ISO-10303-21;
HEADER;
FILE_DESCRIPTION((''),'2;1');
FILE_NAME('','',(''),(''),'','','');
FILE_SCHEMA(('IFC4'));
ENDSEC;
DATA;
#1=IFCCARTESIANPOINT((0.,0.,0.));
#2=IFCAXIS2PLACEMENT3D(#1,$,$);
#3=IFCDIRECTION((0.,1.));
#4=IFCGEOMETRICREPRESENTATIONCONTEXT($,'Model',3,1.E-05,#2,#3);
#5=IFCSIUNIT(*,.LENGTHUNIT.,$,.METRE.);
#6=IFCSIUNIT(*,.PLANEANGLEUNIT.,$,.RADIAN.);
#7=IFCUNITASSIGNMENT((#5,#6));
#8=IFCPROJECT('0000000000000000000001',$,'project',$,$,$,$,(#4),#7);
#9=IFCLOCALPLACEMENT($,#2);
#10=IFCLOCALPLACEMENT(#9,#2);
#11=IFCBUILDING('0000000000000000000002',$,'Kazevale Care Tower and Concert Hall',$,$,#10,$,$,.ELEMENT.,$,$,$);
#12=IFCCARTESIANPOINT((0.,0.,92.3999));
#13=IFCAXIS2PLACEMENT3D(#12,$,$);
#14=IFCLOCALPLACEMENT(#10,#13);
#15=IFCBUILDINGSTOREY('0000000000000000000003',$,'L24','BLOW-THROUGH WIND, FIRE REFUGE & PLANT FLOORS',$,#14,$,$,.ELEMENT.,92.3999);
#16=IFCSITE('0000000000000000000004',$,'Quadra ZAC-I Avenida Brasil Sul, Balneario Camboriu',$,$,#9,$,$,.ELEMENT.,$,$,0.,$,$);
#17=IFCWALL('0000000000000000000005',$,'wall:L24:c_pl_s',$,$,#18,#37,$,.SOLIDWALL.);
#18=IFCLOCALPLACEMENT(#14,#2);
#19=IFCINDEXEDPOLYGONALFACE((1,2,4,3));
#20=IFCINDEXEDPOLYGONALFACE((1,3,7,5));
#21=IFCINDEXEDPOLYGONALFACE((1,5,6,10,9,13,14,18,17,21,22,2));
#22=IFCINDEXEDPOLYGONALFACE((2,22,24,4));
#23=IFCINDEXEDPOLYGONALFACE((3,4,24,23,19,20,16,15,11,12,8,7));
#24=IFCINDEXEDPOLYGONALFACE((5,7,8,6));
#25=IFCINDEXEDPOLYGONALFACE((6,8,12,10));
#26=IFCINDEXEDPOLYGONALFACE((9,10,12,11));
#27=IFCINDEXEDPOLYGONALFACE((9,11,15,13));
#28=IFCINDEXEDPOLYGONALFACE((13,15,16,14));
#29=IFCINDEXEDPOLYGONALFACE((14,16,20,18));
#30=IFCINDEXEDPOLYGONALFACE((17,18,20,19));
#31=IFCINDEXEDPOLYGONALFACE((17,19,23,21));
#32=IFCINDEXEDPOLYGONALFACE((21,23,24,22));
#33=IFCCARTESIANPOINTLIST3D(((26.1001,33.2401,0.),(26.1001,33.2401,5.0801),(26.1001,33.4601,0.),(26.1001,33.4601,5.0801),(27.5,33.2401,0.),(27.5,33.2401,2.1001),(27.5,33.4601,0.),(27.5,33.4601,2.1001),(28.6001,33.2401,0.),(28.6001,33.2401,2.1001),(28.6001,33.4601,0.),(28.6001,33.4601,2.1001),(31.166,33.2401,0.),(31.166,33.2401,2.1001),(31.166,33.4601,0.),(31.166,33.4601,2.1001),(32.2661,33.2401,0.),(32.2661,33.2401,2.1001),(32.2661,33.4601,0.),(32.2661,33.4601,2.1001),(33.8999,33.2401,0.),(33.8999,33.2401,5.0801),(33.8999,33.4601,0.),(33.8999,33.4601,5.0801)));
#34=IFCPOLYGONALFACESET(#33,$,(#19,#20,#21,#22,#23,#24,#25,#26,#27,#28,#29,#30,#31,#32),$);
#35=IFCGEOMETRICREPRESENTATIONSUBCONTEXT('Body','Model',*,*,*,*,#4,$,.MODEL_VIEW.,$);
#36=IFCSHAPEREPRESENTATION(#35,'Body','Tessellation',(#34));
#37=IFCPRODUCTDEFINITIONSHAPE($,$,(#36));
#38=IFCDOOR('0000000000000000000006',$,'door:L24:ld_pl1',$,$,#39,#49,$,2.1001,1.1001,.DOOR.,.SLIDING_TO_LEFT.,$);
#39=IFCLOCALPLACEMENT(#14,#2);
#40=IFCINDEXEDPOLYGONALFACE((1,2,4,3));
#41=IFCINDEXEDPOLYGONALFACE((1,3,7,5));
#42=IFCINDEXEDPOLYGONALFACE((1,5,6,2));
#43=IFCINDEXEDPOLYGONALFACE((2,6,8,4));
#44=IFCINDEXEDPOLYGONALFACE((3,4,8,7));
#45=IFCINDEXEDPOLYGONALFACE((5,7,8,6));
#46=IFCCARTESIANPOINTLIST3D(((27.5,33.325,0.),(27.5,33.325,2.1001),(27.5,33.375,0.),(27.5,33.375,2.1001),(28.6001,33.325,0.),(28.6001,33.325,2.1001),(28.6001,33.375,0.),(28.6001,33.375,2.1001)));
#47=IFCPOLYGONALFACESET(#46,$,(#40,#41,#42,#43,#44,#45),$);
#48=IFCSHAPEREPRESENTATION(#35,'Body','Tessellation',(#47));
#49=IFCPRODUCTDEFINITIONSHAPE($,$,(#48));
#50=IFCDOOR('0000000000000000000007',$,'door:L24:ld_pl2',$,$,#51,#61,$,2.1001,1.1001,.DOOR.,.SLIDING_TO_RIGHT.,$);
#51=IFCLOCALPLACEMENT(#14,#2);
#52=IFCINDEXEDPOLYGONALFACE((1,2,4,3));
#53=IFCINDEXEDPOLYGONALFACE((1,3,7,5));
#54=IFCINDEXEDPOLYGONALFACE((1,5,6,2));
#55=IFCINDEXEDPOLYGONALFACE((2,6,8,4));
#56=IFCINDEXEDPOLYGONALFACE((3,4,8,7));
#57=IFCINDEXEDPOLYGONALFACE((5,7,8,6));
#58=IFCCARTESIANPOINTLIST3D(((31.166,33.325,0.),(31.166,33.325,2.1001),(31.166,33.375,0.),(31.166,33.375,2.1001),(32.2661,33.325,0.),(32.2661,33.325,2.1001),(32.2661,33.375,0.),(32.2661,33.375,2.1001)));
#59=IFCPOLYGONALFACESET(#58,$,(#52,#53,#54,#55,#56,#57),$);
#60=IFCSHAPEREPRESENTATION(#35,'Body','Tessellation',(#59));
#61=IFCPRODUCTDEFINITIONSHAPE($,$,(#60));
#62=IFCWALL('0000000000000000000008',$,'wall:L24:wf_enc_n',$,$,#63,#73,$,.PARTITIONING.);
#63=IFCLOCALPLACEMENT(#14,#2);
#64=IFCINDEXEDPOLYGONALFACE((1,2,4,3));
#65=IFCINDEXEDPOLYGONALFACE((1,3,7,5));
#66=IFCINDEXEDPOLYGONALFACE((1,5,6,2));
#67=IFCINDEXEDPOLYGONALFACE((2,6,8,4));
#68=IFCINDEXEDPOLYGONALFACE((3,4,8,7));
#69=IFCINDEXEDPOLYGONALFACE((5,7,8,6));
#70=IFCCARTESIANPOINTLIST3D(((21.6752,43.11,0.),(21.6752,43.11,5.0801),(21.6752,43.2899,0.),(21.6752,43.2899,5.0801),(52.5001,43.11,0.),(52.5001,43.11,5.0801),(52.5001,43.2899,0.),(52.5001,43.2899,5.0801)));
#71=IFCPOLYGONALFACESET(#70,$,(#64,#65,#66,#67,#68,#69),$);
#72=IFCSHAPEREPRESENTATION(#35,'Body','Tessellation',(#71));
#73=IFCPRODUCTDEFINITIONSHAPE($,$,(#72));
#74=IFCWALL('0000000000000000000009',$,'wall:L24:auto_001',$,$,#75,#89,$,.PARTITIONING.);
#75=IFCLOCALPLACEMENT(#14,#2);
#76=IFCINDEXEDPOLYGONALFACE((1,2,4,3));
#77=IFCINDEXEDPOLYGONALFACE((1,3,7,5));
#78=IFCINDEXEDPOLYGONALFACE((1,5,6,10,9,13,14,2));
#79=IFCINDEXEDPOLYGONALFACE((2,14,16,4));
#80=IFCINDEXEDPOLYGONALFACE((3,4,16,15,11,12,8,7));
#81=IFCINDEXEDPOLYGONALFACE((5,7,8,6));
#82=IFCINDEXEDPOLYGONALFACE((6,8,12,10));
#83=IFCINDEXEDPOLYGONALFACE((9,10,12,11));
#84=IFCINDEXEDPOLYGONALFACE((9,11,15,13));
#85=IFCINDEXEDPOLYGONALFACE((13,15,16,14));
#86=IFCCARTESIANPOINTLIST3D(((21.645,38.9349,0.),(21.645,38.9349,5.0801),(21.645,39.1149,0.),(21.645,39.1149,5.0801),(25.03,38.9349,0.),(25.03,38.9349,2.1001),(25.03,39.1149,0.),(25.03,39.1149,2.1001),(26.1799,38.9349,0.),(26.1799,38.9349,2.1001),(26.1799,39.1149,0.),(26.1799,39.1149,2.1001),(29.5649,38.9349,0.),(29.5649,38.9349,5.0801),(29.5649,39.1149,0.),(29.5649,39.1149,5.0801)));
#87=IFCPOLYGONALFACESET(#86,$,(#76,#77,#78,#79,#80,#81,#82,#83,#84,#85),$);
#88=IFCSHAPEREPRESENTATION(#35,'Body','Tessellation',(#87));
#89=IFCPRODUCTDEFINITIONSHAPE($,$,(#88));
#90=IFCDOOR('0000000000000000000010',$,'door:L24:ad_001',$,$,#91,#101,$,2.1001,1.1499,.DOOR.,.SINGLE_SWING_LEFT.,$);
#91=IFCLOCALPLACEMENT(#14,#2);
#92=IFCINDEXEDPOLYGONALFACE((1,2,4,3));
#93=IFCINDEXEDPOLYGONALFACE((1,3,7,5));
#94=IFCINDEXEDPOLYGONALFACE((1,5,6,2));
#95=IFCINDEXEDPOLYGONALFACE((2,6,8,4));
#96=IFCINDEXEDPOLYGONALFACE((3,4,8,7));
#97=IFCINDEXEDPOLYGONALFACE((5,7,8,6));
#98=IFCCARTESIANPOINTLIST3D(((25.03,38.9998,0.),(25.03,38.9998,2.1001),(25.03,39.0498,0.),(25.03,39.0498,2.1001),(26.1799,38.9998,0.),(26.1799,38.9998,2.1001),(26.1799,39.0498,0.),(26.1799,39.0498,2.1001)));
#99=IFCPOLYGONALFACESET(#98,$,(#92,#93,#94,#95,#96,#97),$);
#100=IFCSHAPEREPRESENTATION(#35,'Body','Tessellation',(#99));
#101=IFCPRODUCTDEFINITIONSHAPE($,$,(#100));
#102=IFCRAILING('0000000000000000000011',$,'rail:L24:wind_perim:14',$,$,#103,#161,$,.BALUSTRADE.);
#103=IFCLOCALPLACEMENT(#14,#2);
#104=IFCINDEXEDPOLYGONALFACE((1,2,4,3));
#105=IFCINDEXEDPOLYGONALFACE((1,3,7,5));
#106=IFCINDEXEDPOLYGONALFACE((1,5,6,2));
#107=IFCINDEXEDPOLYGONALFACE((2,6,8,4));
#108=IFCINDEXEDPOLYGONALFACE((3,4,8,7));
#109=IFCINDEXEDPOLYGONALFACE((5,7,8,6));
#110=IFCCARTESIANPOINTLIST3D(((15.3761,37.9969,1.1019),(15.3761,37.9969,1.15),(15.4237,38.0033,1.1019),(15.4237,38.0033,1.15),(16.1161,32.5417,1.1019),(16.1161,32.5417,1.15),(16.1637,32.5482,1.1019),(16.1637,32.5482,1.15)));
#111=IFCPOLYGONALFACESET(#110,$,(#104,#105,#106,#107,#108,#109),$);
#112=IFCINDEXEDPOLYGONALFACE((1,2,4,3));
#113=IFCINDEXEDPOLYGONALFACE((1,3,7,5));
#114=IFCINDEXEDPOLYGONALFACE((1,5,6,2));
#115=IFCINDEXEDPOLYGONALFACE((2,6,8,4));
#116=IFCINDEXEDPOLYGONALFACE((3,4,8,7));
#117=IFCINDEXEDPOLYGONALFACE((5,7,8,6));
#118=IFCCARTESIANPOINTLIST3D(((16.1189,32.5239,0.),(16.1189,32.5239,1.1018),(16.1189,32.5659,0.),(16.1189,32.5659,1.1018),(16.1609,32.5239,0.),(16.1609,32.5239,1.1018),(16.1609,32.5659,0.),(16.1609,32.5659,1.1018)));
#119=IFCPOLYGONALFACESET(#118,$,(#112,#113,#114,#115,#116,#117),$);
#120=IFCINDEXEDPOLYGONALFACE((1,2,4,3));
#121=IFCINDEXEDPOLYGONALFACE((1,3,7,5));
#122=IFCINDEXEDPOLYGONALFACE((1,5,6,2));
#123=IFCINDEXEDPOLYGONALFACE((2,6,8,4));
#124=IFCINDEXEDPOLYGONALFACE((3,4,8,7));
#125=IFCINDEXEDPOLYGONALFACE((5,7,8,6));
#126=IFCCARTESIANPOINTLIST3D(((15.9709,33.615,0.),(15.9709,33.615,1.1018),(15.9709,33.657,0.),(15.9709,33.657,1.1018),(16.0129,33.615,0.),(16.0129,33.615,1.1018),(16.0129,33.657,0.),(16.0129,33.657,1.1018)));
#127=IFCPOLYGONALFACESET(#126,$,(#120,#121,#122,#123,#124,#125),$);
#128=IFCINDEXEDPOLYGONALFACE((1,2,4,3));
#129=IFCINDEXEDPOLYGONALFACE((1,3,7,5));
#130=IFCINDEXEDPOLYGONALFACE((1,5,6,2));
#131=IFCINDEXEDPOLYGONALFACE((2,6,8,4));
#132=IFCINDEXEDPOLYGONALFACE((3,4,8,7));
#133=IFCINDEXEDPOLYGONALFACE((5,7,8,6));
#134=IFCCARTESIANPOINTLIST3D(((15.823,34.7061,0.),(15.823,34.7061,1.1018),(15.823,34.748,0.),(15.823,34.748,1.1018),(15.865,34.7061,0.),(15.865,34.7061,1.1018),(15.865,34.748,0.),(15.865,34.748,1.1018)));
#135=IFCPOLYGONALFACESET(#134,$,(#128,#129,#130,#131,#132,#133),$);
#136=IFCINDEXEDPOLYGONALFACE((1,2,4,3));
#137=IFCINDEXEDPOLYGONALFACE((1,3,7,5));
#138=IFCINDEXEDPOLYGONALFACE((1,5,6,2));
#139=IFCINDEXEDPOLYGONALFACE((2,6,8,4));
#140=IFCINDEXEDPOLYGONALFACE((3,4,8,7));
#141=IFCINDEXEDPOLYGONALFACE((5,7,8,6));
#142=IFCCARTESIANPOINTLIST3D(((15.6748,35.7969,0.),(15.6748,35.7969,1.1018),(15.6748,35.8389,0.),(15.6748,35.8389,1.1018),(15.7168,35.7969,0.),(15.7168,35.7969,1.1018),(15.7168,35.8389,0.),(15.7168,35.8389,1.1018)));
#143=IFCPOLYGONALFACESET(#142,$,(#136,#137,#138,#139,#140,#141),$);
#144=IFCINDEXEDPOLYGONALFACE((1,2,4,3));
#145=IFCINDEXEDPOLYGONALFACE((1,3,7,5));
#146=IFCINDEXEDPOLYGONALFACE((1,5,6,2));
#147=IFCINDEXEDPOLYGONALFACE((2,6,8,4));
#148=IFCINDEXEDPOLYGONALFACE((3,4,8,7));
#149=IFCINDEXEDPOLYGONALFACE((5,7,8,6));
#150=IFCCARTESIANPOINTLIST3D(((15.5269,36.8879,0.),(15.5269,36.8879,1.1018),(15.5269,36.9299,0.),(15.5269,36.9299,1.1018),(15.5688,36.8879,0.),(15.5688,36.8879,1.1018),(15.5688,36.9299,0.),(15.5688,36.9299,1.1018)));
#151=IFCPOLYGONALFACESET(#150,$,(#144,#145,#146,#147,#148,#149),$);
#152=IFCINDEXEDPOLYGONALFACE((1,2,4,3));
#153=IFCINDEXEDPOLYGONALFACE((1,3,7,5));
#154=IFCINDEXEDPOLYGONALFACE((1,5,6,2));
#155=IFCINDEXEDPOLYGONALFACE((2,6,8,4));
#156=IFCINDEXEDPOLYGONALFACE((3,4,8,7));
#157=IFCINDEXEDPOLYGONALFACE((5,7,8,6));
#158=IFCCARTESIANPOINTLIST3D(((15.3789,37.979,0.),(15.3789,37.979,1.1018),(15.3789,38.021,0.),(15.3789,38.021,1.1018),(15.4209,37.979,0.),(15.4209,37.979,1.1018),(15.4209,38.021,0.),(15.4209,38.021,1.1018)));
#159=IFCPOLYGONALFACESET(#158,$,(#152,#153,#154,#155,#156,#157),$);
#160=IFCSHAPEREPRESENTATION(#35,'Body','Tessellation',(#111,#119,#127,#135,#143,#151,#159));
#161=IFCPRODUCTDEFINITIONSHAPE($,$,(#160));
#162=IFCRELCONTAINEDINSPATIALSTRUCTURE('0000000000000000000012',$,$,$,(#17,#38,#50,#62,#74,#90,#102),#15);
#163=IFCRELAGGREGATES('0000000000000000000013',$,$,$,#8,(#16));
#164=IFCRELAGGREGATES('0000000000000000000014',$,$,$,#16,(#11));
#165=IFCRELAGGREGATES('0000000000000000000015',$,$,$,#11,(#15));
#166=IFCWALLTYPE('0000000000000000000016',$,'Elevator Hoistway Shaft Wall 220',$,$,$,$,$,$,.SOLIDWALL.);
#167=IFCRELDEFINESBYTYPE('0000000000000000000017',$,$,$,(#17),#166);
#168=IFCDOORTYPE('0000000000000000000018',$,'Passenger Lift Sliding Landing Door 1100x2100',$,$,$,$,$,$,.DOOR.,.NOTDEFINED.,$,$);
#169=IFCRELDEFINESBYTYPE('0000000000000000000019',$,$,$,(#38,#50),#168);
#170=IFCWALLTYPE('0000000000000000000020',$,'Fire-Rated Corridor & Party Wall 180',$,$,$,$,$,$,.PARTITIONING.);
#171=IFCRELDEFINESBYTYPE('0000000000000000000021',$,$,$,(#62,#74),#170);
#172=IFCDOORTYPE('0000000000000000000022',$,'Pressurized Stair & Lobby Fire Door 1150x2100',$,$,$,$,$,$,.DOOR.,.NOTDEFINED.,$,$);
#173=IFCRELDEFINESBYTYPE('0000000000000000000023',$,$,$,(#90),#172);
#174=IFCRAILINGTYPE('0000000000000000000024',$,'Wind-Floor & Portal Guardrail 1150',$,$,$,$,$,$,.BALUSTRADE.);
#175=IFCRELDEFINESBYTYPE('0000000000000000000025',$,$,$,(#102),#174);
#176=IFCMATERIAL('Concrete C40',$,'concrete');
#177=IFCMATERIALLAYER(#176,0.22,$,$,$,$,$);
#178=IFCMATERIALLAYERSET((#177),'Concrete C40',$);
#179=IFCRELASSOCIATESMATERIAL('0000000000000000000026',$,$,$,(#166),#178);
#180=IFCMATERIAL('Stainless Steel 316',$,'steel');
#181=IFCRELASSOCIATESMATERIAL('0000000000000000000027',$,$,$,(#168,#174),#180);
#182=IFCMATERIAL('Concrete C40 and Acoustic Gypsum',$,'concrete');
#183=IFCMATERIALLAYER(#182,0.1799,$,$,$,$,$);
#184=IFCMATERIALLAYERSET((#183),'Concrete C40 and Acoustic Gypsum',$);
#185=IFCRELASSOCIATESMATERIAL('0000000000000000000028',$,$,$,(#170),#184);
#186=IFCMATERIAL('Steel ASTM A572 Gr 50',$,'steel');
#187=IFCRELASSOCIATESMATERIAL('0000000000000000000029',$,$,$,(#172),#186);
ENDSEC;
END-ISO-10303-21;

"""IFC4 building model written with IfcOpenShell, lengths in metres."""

from ifc_helpers import new_model, si_unit, direction, frame, frame_2d, origin, origin_2d, place, context, subcontext, project, spatial, rectangle, extrude, material, layer, layer_set, type_object, element, fill, save


model = new_model("IFC4")

# Units and contexts
model_context = context("Model", 3, precision=1e-05, world=origin(), true_north=direction((0.0, 1.0)))
body_context = subcontext(model_context, "Body", "Model", "MODEL_VIEW")
ifc_project = project(units=[si_unit("LENGTHUNIT", "METRE"), si_unit("PLANEANGLEUNIT", "RADIAN")], contexts=[model_context])

# Site, building, storey
site_placement = place(None, origin())
site = spatial("IfcSite", under=ifc_project, at=site_placement, Name="Quadra ZAC-I Avenida Brasil Sul, Balneario Camboriu", CompositionType="ELEMENT", RefElevation=0.0)
building_placement = place(site_placement, origin())
building = spatial("IfcBuilding", under=site, at=building_placement, Name="Kazevale Care Tower and Concert Hall", CompositionType="ELEMENT")
storey_placement = place(building_placement, frame((0.0, 0.0, 92.3999)))
storey = spatial("IfcBuildingStorey", under=building, at=storey_placement, Name="L24", Description="BLOW-THROUGH WIND, FIRE REFUGE & PLANT FLOORS", CompositionType="ELEMENT", Elevation=92.3999)

# Shared definitions
ifc_material_1 = material(Name="Steel ASTM A572 Gr 50", Category="steel")

# Shared definitions
ifc_material_2 = material(Name="Concrete C40", Category="concrete")
ifc_layer_1 = layer(ifc_material_2, 0.22)
ifc_layer_set_1 = layer_set([ifc_layer_1], Name="Concrete C40")
wall_type_1 = type_object("IfcWallType", Name="Elevator Hoistway Shaft Wall 220", PredefinedType="SOLIDWALL", material=ifc_layer_set_1)

# Shared definitions
ifc_material_3 = material(Name="Stainless Steel 316", Category="steel")

# Wall, openings, doors
wall_1_placement = place(storey_placement, frame((26.1001, 33.3501, 0.0), z_axis=(0.0, 0.0, 1.0), x_axis=(1.0, 0.0, 0.0)))
wall_1 = element("IfcWall", 1, at=wall_1_placement, inside=storey, type_object=wall_type_1, Name="wall:L24:c_pl_s", PredefinedType="SOLIDWALL", context=body_context, shape_type="SweptSolid", body=[
    extrude(rectangle(XDim=7.7998, YDim=0.22, at=frame_2d((3.8999, 0.0))), origin(), (0.0, 0.0, 1.0), 5.0801),
])
opening_1_placement = place(wall_1_placement, frame((1.3999, 0.0, 0.0)))
opening_1 = element("IfcOpeningElement", 2, at=opening_1_placement, cuts=wall_1, PredefinedType="OPENING", context=body_context, shape_type="SweptSolid", body=[
    extrude(rectangle(XDim=1.1001, YDim=2.1001, at=frame_2d((0.55, 1.05))), frame((0.0, 0.1199, 0.0), z_axis=(0.0, -1.0, 0.0), x_axis=(1.0, 0.0, 0.0)), (0.0, 0.0, 1.0), 0.24),
])
opening_2_placement = place(wall_1_placement, frame((5.0659, 0.0, 0.0)))
opening_2 = element("IfcOpeningElement", 3, at=opening_2_placement, cuts=wall_1, PredefinedType="OPENING", context=body_context, shape_type="SweptSolid", body=[
    extrude(rectangle(XDim=1.1001, YDim=2.1001, at=frame_2d((0.55, 1.05))), frame((0.0, 0.1199, 0.0), z_axis=(0.0, -1.0, 0.0), x_axis=(1.0, 0.0, 0.0)), (0.0, 0.0, 1.0), 0.24),
])
door_type_1 = type_object("IfcDoorType", Name="Passenger Lift Sliding Landing Door 1100x2100", OperationType="NOTDEFINED", PredefinedType="DOOR", material=ifc_material_3)
door_1_placement = place(opening_1_placement, origin())
door_1 = element("IfcDoor", 4, at=door_1_placement, inside=storey, type_object=door_type_1, Name="door:L24:ld_pl1", OperationType="SLIDING_TO_LEFT", OverallHeight=2.1001, OverallWidth=1.1001, PredefinedType="DOOR", context=body_context, shape_type="SweptSolid", body=[
    extrude(rectangle(XDim=1.1001, YDim=2.1001, at=frame_2d((0.55, 1.05))), frame((0.0, 0.0249, 0.0), z_axis=(0.0, -1.0, 0.0), x_axis=(1.0, 0.0, 0.0)), (0.0, 0.0, 1.0), 0.05),
])
fill(opening_1, door_1)
door_2_placement = place(opening_2_placement, origin())
door_2 = element("IfcDoor", 5, at=door_2_placement, inside=storey, type_object=door_type_1, Name="door:L24:ld_pl2", OperationType="SLIDING_TO_RIGHT", OverallHeight=2.1001, OverallWidth=1.1001, PredefinedType="DOOR", context=body_context, shape_type="SweptSolid", body=[
    extrude(rectangle(XDim=1.1001, YDim=2.1001, at=frame_2d((0.55, 1.05))), frame((0.0, 0.0249, 0.0), z_axis=(0.0, -1.0, 0.0), x_axis=(1.0, 0.0, 0.0)), (0.0, 0.0, 1.0), 0.05),
])
fill(opening_2, door_2)

# Wall
ifc_material_4 = material(Name="Concrete C40 and Acoustic Gypsum", Category="concrete")
ifc_layer_2 = layer(ifc_material_4, 0.1799)
ifc_layer_set_2 = layer_set([ifc_layer_2], Name="Concrete C40 and Acoustic Gypsum")
wall_type_2 = type_object("IfcWallType", Name="Fire-Rated Corridor & Party Wall 180", PredefinedType="PARTITIONING", material=ifc_layer_set_2)
wall_2_placement = place(storey_placement, frame((21.675, 43.2, 0.0), z_axis=(0.0, 0.0, 1.0), x_axis=(1.0, 0.0, 0.0)))
element("IfcWall", 6, at=wall_2_placement, inside=storey, type_object=wall_type_2, Name="wall:L24:wf_enc_n", PredefinedType="PARTITIONING", context=body_context, shape_type="SweptSolid", body=[
    extrude(rectangle(XDim=30.825, YDim=0.1799, at=frame_2d((15.4126, 0.0))), origin(), (0.0, 0.0, 1.0), 5.0801),
])

# Wall, opening, door
wall_3_placement = place(storey_placement, frame((21.645, 39.0249, 0.0), z_axis=(0.0, 0.0, 1.0), x_axis=(1.0, 0.0, 0.0)))
wall_3 = element("IfcWall", 7, at=wall_3_placement, inside=storey, type_object=wall_type_2, Name="wall:L24:auto_001", PredefinedType="PARTITIONING", context=body_context, shape_type="SweptSolid", body=[
    extrude(rectangle(XDim=7.9199, YDim=0.1799, at=frame_2d((3.96, 0.0))), origin(), (0.0, 0.0, 1.0), 5.0801),
])
opening_3_placement = place(wall_3_placement, frame((3.385, 0.0, 0.0)))
opening_3 = element("IfcOpeningElement", 8, at=opening_3_placement, cuts=wall_3, PredefinedType="OPENING", context=body_context, shape_type="SweptSolid", body=[
    extrude(rectangle(XDim=1.1499, YDim=2.1001, at=frame_2d((0.575, 1.05))), frame((0.0, 0.0999, 0.0), z_axis=(0.0, -1.0, 0.0), x_axis=(1.0, 0.0, 0.0)), (0.0, 0.0, 1.0), 0.2),
])
door_type_2 = type_object("IfcDoorType", Name="Pressurized Stair & Lobby Fire Door 1150x2100", OperationType="NOTDEFINED", PredefinedType="DOOR", material=ifc_material_1)
door_3_placement = place(opening_3_placement, origin())
door_3 = element("IfcDoor", 9, at=door_3_placement, inside=storey, type_object=door_type_2, Name="door:L24:ad_001", OperationType="SINGLE_SWING_LEFT", OverallHeight=2.1001, OverallWidth=1.1499, PredefinedType="DOOR", context=body_context, shape_type="SweptSolid", body=[
    extrude(rectangle(XDim=1.1499, YDim=2.1001, at=frame_2d((0.575, 1.05))), frame((0.0, 0.0249, 0.0), z_axis=(0.0, -1.0, 0.0), x_axis=(1.0, 0.0, 0.0)), (0.0, 0.0, 1.0), 0.05),
])
fill(opening_3, door_3)

# Railing
railing_type = type_object("IfcRailingType", Name="Wind-Floor & Portal Guardrail 1150", PredefinedType="BALUSTRADE", material=ifc_material_3)
railing_1_placement = place(storey_placement, frame((16.1399, 32.5449, 0.0)))
element("IfcRailing", 10, at=railing_1_placement, inside=storey, type_object=railing_type, Name="rail:L24:wind_perim:14", PredefinedType="BALUSTRADE", context=body_context, shape_type="SweptSolid", body=[
    extrude(rectangle(XDim=0.0481, YDim=0.0481, at=origin_2d()), frame((0.0, 0.0, 1.126), z_axis=(-0.134421, 0.990924, 0.0), x_axis=(-0.990924, -0.134421, 0.0)), (0.0, 0.0, 1.0), 5.5051),
    extrude(rectangle(XDim=0.042, YDim=0.042, at=origin_2d()), origin(), (0.0, 0.0, 1.0), 1.1018),
    extrude(rectangle(XDim=0.042, YDim=0.042, at=origin_2d()), frame((-0.1479, 1.0911, 0.0)), (0.0, 0.0, 1.0), 1.1018),
    extrude(rectangle(XDim=0.042, YDim=0.042, at=origin_2d()), frame((-0.2959, 2.1821, 0.0)), (0.0, 0.0, 1.0), 1.1018),
    extrude(rectangle(XDim=0.042, YDim=0.042, at=origin_2d()), frame((-0.4441, 3.2729, 0.0)), (0.0, 0.0, 1.0), 1.1018),
    extrude(rectangle(XDim=0.042, YDim=0.042, at=origin_2d()), frame((-0.592, 4.364, 0.0)), (0.0, 0.0, 1.0), 1.1018),
    extrude(rectangle(XDim=0.042, YDim=0.042, at=origin_2d()), frame((-0.74, 5.4551, 0.0)), (0.0, 0.0, 1.0), 1.1018),
])

save(model, "model.ifc")
